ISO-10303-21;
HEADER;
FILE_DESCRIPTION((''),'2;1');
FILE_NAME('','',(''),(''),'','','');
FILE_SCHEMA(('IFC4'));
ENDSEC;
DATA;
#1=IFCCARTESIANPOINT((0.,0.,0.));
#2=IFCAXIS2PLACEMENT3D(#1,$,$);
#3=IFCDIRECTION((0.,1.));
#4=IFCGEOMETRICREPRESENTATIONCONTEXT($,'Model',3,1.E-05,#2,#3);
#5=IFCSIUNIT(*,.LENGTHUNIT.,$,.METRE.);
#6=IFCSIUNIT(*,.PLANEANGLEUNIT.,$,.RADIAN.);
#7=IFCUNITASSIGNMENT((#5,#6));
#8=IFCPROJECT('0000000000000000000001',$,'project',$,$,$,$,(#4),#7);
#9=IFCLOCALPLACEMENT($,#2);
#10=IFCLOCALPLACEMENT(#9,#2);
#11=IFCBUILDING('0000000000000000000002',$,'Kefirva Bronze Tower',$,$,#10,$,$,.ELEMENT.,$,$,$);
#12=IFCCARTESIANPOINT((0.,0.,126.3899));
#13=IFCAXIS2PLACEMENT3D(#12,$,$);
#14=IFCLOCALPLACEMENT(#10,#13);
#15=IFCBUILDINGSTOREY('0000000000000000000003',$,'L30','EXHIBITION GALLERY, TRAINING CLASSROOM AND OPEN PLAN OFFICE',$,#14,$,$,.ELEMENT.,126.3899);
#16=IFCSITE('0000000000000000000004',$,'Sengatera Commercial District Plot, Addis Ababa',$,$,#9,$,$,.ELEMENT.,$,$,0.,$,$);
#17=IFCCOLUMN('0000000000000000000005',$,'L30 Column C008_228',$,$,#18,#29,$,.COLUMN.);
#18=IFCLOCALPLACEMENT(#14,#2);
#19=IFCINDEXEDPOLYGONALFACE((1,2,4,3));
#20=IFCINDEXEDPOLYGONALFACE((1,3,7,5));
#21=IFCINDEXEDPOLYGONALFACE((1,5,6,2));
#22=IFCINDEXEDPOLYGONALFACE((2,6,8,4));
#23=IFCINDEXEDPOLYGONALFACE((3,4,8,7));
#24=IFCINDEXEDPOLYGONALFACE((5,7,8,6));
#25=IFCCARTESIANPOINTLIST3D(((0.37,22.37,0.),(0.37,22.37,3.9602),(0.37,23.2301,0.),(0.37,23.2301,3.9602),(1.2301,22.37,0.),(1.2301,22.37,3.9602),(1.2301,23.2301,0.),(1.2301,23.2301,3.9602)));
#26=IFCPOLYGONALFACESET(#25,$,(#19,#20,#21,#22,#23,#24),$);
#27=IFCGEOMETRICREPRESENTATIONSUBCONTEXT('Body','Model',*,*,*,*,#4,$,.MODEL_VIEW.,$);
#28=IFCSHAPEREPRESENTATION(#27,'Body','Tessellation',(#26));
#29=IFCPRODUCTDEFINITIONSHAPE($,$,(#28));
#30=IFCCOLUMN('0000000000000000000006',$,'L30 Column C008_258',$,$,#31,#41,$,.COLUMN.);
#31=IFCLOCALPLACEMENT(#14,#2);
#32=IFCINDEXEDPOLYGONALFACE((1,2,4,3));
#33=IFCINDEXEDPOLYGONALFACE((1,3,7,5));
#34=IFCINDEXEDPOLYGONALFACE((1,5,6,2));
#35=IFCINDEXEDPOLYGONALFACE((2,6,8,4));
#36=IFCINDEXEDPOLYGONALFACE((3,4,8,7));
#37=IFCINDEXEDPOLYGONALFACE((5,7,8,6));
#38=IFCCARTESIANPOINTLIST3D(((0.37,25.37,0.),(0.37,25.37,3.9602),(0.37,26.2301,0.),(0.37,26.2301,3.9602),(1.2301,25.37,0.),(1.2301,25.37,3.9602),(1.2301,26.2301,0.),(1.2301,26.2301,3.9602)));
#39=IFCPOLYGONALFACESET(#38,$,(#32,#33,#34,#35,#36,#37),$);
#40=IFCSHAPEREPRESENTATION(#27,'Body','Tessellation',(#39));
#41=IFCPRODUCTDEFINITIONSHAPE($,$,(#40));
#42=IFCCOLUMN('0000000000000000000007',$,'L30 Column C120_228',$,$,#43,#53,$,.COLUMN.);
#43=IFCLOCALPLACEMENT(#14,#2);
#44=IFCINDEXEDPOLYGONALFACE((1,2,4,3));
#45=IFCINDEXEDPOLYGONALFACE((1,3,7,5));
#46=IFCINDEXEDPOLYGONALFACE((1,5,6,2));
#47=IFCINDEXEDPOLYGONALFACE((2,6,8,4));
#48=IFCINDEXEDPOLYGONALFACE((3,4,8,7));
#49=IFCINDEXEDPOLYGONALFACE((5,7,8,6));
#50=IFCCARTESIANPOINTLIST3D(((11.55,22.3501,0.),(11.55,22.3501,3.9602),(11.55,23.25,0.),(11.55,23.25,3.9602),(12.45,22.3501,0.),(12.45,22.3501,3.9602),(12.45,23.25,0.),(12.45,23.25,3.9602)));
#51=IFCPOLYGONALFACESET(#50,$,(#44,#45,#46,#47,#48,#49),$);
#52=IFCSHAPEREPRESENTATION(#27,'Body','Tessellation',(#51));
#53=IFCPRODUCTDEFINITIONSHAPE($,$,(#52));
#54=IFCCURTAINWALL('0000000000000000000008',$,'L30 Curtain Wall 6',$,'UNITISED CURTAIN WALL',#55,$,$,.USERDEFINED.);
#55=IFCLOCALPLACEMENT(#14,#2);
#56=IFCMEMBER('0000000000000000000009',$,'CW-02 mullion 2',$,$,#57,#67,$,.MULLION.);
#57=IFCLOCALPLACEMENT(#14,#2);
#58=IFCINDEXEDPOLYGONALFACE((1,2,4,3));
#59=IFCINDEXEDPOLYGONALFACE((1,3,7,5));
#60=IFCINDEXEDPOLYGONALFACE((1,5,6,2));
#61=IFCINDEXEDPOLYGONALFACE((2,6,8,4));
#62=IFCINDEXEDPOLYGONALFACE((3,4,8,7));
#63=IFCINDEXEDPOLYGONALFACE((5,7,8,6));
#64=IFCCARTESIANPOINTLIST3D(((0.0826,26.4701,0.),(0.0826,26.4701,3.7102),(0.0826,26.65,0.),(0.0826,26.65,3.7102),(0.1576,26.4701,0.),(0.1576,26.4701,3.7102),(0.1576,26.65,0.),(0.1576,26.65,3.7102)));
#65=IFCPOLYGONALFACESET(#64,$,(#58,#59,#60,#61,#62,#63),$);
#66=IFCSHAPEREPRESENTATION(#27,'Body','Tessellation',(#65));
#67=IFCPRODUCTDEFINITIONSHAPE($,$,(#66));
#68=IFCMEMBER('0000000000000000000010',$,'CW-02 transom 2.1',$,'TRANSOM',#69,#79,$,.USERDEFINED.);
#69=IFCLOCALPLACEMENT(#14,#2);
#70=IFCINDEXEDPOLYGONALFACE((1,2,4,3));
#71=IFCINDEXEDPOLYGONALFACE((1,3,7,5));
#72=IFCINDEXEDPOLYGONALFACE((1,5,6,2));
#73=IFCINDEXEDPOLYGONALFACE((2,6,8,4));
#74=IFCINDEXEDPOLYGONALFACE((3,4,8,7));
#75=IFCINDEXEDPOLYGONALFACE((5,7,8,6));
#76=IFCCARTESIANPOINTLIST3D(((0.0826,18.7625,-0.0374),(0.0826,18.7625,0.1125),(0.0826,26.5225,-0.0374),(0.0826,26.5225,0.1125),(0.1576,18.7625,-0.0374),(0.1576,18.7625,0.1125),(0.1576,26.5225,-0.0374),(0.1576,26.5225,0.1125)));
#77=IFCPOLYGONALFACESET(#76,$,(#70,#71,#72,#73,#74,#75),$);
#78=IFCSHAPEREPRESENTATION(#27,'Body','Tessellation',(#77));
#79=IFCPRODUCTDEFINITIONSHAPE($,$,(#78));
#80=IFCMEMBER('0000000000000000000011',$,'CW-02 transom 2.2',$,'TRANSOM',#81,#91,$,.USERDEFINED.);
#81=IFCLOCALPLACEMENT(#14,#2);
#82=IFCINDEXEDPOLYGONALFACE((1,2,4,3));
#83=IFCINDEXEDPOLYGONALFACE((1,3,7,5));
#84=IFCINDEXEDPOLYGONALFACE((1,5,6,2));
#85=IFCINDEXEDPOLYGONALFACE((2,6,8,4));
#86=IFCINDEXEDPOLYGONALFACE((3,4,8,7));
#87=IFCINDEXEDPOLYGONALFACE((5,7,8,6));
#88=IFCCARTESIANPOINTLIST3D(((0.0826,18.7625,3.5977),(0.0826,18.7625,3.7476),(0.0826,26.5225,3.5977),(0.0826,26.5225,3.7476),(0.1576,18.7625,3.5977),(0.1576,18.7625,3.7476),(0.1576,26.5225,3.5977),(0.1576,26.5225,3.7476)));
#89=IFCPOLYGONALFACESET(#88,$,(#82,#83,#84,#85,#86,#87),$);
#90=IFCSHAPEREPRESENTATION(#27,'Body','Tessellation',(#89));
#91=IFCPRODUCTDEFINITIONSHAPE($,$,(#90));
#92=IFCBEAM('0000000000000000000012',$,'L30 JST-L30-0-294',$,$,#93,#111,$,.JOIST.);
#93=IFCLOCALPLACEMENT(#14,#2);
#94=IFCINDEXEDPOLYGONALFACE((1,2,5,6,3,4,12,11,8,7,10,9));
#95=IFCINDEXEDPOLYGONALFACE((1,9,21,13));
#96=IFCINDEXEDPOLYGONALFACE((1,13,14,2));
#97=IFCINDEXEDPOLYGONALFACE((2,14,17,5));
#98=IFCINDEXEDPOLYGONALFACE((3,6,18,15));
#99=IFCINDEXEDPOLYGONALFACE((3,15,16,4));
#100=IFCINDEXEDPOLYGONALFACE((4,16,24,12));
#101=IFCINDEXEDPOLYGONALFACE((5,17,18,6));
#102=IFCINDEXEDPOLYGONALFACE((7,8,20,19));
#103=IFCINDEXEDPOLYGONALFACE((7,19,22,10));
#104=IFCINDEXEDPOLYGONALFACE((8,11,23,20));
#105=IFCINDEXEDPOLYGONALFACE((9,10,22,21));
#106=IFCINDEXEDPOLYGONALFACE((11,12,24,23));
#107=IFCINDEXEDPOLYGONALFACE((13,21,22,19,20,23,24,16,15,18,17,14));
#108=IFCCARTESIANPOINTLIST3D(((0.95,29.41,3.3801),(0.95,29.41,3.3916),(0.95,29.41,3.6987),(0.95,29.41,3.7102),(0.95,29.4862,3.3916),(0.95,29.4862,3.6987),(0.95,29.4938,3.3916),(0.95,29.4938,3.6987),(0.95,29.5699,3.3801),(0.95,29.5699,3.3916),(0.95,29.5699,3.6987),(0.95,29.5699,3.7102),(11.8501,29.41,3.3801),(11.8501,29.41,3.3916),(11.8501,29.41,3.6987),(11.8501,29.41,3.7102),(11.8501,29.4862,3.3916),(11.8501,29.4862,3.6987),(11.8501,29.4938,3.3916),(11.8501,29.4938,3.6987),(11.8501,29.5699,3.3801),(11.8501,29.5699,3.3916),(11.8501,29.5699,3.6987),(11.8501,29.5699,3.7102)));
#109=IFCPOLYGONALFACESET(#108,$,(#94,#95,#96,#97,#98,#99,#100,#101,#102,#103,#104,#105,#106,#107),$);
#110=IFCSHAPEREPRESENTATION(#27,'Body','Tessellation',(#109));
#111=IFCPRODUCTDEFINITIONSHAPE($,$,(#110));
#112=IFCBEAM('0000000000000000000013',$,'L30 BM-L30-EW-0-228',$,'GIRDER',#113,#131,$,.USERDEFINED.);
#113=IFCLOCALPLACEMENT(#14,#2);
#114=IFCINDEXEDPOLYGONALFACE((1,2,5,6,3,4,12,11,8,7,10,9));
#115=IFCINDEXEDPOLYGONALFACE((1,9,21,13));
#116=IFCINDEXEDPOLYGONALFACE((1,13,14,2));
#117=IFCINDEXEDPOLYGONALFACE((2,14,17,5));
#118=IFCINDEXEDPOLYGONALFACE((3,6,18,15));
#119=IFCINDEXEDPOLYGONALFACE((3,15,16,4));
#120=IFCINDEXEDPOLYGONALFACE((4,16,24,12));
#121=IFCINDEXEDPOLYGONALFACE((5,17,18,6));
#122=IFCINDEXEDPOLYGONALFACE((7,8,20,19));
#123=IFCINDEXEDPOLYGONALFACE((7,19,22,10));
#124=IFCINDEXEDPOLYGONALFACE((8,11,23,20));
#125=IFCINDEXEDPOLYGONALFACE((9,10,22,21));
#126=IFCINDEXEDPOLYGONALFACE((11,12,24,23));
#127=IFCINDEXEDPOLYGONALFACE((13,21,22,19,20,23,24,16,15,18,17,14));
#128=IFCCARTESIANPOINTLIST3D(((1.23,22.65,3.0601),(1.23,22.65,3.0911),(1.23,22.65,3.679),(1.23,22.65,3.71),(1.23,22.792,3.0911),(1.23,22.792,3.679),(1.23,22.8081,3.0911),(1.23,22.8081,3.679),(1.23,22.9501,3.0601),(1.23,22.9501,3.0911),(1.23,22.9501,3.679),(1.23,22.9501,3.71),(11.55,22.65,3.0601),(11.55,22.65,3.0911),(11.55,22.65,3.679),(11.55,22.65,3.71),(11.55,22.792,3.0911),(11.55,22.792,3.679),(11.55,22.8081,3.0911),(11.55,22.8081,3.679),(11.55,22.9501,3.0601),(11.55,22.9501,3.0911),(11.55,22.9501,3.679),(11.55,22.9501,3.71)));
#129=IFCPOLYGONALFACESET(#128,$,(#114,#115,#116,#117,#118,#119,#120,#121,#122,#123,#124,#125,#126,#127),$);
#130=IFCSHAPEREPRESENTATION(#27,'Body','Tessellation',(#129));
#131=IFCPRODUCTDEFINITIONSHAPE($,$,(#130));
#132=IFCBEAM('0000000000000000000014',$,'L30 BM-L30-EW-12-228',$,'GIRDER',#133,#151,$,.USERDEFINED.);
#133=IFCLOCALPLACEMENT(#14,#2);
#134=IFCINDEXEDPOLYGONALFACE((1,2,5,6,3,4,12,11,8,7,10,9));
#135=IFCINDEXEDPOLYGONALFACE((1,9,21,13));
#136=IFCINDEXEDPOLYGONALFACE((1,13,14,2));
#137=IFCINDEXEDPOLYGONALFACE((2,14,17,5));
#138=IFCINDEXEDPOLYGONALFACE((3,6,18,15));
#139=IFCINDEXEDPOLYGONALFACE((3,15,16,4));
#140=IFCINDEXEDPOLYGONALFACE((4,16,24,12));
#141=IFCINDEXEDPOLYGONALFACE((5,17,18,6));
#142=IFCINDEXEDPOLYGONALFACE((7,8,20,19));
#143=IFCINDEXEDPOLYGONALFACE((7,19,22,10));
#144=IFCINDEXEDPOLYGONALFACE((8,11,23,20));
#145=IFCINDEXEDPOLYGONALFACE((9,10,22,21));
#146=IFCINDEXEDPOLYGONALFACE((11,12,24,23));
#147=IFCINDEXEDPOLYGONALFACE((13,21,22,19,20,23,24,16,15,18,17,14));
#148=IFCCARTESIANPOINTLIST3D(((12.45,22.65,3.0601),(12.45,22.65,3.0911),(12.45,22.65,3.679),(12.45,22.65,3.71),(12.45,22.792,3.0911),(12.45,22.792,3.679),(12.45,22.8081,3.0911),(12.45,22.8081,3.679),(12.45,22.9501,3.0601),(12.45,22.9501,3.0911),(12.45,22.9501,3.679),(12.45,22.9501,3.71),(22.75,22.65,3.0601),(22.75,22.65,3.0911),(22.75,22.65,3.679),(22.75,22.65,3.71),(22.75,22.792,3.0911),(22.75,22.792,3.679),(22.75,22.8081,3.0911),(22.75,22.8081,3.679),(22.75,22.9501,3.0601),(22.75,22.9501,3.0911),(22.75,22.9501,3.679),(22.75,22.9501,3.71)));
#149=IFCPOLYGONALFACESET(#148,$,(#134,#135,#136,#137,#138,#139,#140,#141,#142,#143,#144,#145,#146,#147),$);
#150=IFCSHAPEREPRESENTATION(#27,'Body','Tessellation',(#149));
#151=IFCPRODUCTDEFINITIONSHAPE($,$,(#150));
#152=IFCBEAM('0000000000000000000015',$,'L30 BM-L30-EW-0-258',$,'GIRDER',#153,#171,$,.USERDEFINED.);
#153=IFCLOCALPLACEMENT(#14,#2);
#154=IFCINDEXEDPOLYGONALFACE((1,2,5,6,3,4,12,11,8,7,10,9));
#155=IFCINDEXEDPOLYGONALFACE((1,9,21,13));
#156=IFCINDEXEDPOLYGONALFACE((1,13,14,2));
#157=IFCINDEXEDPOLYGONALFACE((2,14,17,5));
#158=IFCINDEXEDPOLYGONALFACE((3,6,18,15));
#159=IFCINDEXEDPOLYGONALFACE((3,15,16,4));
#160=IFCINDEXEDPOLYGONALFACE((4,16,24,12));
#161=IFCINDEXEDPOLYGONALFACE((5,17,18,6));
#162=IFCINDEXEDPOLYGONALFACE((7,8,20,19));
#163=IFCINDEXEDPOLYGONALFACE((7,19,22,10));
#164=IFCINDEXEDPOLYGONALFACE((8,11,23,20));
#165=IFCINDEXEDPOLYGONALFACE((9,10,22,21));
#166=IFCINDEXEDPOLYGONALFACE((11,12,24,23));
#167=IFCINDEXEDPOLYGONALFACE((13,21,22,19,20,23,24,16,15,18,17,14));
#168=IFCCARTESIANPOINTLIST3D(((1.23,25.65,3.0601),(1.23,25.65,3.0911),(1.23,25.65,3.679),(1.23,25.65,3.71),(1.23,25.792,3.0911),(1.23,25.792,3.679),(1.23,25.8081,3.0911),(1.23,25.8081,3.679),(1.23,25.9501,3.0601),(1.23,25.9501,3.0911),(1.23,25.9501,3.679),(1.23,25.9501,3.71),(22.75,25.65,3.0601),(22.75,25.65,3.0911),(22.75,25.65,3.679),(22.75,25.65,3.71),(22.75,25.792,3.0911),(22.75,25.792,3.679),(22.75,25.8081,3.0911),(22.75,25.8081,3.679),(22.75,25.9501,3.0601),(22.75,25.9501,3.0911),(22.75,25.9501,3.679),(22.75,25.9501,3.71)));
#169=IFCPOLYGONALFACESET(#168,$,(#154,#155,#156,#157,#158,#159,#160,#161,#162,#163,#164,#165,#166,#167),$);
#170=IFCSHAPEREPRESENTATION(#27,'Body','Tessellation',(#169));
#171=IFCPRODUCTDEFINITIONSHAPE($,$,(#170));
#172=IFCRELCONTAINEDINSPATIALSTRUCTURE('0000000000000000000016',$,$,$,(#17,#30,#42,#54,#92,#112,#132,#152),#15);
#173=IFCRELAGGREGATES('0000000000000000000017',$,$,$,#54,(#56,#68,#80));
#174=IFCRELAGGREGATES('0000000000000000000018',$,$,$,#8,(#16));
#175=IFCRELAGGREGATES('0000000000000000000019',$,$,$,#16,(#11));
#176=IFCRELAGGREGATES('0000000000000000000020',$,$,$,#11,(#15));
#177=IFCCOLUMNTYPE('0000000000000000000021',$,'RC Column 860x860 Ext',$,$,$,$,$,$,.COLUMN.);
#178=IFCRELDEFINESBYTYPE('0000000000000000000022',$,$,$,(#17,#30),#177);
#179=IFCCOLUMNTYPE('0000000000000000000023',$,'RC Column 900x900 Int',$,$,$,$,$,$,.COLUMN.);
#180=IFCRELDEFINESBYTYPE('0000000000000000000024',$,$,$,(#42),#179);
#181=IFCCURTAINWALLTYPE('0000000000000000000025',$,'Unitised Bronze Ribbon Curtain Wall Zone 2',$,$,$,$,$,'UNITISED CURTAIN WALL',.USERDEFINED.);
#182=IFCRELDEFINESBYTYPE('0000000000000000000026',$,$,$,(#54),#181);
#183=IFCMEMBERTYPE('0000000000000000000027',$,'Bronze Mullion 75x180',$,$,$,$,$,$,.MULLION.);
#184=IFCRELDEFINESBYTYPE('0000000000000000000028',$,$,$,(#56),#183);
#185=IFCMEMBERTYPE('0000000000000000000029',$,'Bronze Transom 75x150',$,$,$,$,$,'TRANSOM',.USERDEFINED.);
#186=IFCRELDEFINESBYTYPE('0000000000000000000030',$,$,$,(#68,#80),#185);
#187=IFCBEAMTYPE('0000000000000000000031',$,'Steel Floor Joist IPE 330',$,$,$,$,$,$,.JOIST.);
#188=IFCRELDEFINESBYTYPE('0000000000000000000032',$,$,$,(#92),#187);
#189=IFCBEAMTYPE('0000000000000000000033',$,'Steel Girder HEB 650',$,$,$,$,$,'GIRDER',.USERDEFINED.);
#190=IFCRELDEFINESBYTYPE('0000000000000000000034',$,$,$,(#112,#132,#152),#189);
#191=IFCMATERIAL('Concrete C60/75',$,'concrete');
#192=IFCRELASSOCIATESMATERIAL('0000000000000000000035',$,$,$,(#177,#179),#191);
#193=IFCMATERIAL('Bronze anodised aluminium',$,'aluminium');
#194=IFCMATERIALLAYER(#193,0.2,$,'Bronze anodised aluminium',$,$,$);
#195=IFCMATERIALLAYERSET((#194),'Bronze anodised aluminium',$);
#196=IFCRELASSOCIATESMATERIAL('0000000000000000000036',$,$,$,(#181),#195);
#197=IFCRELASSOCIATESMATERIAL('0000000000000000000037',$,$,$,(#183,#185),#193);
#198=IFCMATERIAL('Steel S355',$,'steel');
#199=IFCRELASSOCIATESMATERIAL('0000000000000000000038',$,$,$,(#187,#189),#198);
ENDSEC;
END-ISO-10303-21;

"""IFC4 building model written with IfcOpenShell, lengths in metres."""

from ifc_helpers import new_model, si_unit, direction, frame, origin, origin_2d, place, context, subcontext, project, spatial, rectangle, i_section, extrude, material, layer, layer_set, material_profile, profile_set, type_object, element, aggregate, save


model = new_model("IFC4")

# Units and contexts
model_context = context("Model", 3, precision=1e-05, world=origin(), true_north=direction((0.0, 1.0)))
body_context = subcontext(model_context, "Body", "Model", "MODEL_VIEW")
ifc_project = project(units=[si_unit("LENGTHUNIT", "METRE"), si_unit("PLANEANGLEUNIT", "RADIAN")], contexts=[model_context])

# Site, building, storey
site_placement = place(None, origin())
site = spatial("IfcSite", under=ifc_project, at=site_placement, Name="Sengatera Commercial District Plot, Addis Ababa", CompositionType="ELEMENT", RefElevation=0.0)
building_placement = place(site_placement, origin())
building = spatial("IfcBuilding", under=site, at=building_placement, Name="Kefirva Bronze Tower", CompositionType="ELEMENT")
storey_placement = place(building_placement, frame((0.0, 0.0, 126.3899)))
storey = spatial("IfcBuildingStorey", under=building, at=storey_placement, Name="L30", Description="EXHIBITION GALLERY, TRAINING CLASSROOM AND OPEN PLAN OFFICE", CompositionType="ELEMENT", Elevation=126.3899)

# Columns
ifc_material_1 = material(Name="Concrete C60/75", Category="concrete")
ifc_material_profile_1 = material_profile(ifc_material_1, rectangle(XDim=0.8601, YDim=0.8601, at=origin_2d()), Name="RC 860x860")
ifc_profile_set_1 = profile_set([ifc_material_profile_1], Name="Concrete C60/75")
column_type_1 = type_object("IfcColumnType", Name="RC Column 860x860 Ext", PredefinedType="COLUMN", material=ifc_profile_set_1)
for number, where, z_axis, x_axis, name in (
    (1, (0.8, 22.8, 0.0), (0.0, 0.0, 1.0), (1.0, 0.0, 0.0), "L30 Column C008_228"),
    (2, (0.8, 25.8, 0.0), (0.0, 0.0, 1.0), (1.0, 0.0, 0.0), "L30 Column C008_258"),
):
    element("IfcColumn", number, at=place(storey_placement, frame(where, z_axis=z_axis, x_axis=x_axis)), inside=storey, type_object=column_type_1, Name=name, PredefinedType="COLUMN", context=body_context, shape_type="SweptSolid", body=[
        extrude(rectangle(XDim=0.8601, YDim=0.8601, at=origin_2d()), origin(), (0.0, 0.0, 1.0), 3.9602),
    ])
ifc_material_profile_2 = material_profile(ifc_material_1, rectangle(XDim=0.8999, YDim=0.8999, at=origin_2d()), Name="RC 900x900")
ifc_profile_set_2 = profile_set([ifc_material_profile_2], Name="Concrete C60/75")
column_type_2 = type_object("IfcColumnType", Name="RC Column 900x900 Int", PredefinedType="COLUMN", material=ifc_profile_set_2)
column_placement = place(storey_placement, frame((12.0, 22.8, 0.0), z_axis=(0.0, 0.0, 1.0), x_axis=(1.0, 0.0, 0.0)))
element("IfcColumn", 3, at=column_placement, inside=storey, type_object=column_type_2, Name="L30 Column C120_228", PredefinedType="COLUMN", context=body_context, shape_type="SweptSolid", body=[
    extrude(rectangle(XDim=0.8999, YDim=0.8999, at=origin_2d()), origin(), (0.0, 0.0, 1.0), 3.9602),
])

# Curtain wall, members
ifc_material_2 = material(Name="Bronze anodised aluminium", Category="aluminium")
ifc_layer_1 = layer(ifc_material_2, 0.2, Name="Bronze anodised aluminium")
ifc_layer_set_1 = layer_set([ifc_layer_1], Name="Bronze anodised aluminium")
curtain_wall_type = type_object("IfcCurtainWallType", Name="Unitised Bronze Ribbon Curtain Wall Zone 2", ElementType="UNITISED CURTAIN WALL", PredefinedType="USERDEFINED", material=ifc_layer_set_1)
curtain_wall_placement = place(storey_placement, origin())
curtain_wall = element("IfcCurtainWall", 4, at=curtain_wall_placement, inside=storey, type_object=curtain_wall_type, Name="L30 Curtain Wall 6", ObjectType="UNITISED CURTAIN WALL", PredefinedType="USERDEFINED")
ifc_material_profile_3 = material_profile(ifc_material_2, rectangle(XDim=0.075, YDim=0.1799, at=origin_2d()), Name="ALU 75x180")
ifc_profile_set_3 = profile_set([ifc_material_profile_3], Name="Bronze anodised aluminium")
member_type_1 = type_object("IfcMemberType", Name="Bronze Mullion 75x180", PredefinedType="MULLION", material=ifc_profile_set_3)
member_1_placement = place(storey_placement, frame((0.1201, 26.5601, 0.0), z_axis=(0.0, 0.0, 1.0), x_axis=(1.0, 0.0, 0.0)))
member_1 = element("IfcMember", 5, at=member_1_placement, type_object=member_type_1, Name="CW-02 mullion 2", PredefinedType="MULLION", context=body_context, shape_type="SweptSolid", body=[
    extrude(rectangle(XDim=0.075, YDim=0.1799, at=origin_2d()), origin(), (0.0, 0.0, 1.0), 3.7102),
])
ifc_material_profile_4 = material_profile(ifc_material_2, rectangle(XDim=0.075, YDim=0.1499, at=origin_2d()), Name="ALU 75x150")
ifc_profile_set_4 = profile_set([ifc_material_profile_4], Name="Bronze anodised aluminium")
member_type_2 = type_object("IfcMemberType", Name="Bronze Transom 75x150", ElementType="TRANSOM", PredefinedType="USERDEFINED", material=ifc_profile_set_4)
member_2_placement = place(storey_placement, frame((0.1201, 26.5225, 0.0376), z_axis=(0.0, -1.0, 0.0), x_axis=(1.0, 0.0, 0.0)))
member_2 = element("IfcMember", 6, at=member_2_placement, type_object=member_type_2, Name="CW-02 transom 2.1", ObjectType="TRANSOM", PredefinedType="USERDEFINED", context=body_context, shape_type="SweptSolid", body=[
    extrude(rectangle(XDim=0.075, YDim=0.1499, at=origin_2d()), origin(), (0.0, 0.0, 1.0), 7.76),
])
member_3_placement = place(storey_placement, frame((0.1201, 26.5225, 3.6726), z_axis=(0.0, -1.0, 0.0), x_axis=(1.0, 0.0, 0.0)))
member_3 = element("IfcMember", 7, at=member_3_placement, type_object=member_type_2, Name="CW-02 transom 2.2", ObjectType="TRANSOM", PredefinedType="USERDEFINED", context=body_context, shape_type="SweptSolid", body=[
    extrude(rectangle(XDim=0.075, YDim=0.1499, at=origin_2d()), origin(), (0.0, 0.0, 1.0), 7.76),
])

# Beams
ifc_material_3 = material(Name="Steel S355", Category="steel")
ifc_material_profile_5 = material_profile(ifc_material_3, i_section(OverallWidth=0.1599, OverallDepth=0.3301, WebThickness=0.0076, FlangeThickness=0.0115, at=origin_2d()), Name="IPE 330")
ifc_profile_set_5 = profile_set([ifc_material_profile_5], Name="Steel S355")
beam_type_1 = type_object("IfcBeamType", Name="Steel Floor Joist IPE 330", PredefinedType="JOIST", material=ifc_profile_set_5)
beam_1_placement = place(storey_placement, frame((0.95, 29.49, 3.5452), z_axis=(1.0, 0.0, 0.0), x_axis=(0.0, 1.0, 0.0)))
element("IfcBeam", 8, at=beam_1_placement, inside=storey, type_object=beam_type_1, Name="L30 JST-L30-0-294", PredefinedType="JOIST", context=body_context, shape_type="SweptSolid", body=[
    extrude(i_section(OverallWidth=0.1599, OverallDepth=0.3301, WebThickness=0.0076, FlangeThickness=0.0115, at=origin_2d()), origin(), (0.0, 0.0, 1.0), 10.9001),
])
ifc_material_profile_6 = material_profile(ifc_material_3, i_section(OverallWidth=0.3, OverallDepth=0.6499, WebThickness=0.0161, FlangeThickness=0.031, at=origin_2d()), Name="HEB 650")
ifc_profile_set_6 = profile_set([ifc_material_profile_6], Name="Steel S355")
beam_type_2 = type_object("IfcBeamType", Name="Steel Girder HEB 650", ElementType="GIRDER", PredefinedType="USERDEFINED", material=ifc_profile_set_6)
beam_2_placement = place(storey_placement, frame((1.23, 22.8, 3.385), z_axis=(1.0, 0.0, 0.0), x_axis=(0.0, 1.0, 0.0)))
element("IfcBeam", 9, at=beam_2_placement, inside=storey, type_object=beam_type_2, Name="L30 BM-L30-EW-0-228", ObjectType="GIRDER", PredefinedType="USERDEFINED", context=body_context, shape_type="SweptSolid", body=[
    extrude(i_section(OverallWidth=0.3, OverallDepth=0.6499, WebThickness=0.0161, FlangeThickness=0.031, at=origin_2d()), origin(), (0.0, 0.0, 1.0), 10.3201),
])
beam_3_placement = place(storey_placement, frame((12.45, 22.8, 3.385), z_axis=(1.0, 0.0, 0.0), x_axis=(0.0, 1.0, 0.0)))
element("IfcBeam", 10, at=beam_3_placement, inside=storey, type_object=beam_type_2, Name="L30 BM-L30-EW-12-228", ObjectType="GIRDER", PredefinedType="USERDEFINED", context=body_context, shape_type="SweptSolid", body=[
    extrude(i_section(OverallWidth=0.3, OverallDepth=0.6499, WebThickness=0.0161, FlangeThickness=0.031, at=origin_2d()), origin(), (0.0, 0.0, 1.0), 10.3),
])
beam_4_placement = place(storey_placement, frame((1.23, 25.8, 3.385), z_axis=(1.0, 0.0, 0.0), x_axis=(0.0, 1.0, 0.0)))
element("IfcBeam", 11, at=beam_4_placement, inside=storey, type_object=beam_type_2, Name="L30 BM-L30-EW-0-258", ObjectType="GIRDER", PredefinedType="USERDEFINED", context=body_context, shape_type="SweptSolid", body=[
    extrude(i_section(OverallWidth=0.3, OverallDepth=0.6499, WebThickness=0.0161, FlangeThickness=0.031, at=origin_2d()), origin(), (0.0, 0.0, 1.0), 21.52),
])

aggregate(curtain_wall, [member_1, member_2, member_3])

save(model, "model.ifc")
